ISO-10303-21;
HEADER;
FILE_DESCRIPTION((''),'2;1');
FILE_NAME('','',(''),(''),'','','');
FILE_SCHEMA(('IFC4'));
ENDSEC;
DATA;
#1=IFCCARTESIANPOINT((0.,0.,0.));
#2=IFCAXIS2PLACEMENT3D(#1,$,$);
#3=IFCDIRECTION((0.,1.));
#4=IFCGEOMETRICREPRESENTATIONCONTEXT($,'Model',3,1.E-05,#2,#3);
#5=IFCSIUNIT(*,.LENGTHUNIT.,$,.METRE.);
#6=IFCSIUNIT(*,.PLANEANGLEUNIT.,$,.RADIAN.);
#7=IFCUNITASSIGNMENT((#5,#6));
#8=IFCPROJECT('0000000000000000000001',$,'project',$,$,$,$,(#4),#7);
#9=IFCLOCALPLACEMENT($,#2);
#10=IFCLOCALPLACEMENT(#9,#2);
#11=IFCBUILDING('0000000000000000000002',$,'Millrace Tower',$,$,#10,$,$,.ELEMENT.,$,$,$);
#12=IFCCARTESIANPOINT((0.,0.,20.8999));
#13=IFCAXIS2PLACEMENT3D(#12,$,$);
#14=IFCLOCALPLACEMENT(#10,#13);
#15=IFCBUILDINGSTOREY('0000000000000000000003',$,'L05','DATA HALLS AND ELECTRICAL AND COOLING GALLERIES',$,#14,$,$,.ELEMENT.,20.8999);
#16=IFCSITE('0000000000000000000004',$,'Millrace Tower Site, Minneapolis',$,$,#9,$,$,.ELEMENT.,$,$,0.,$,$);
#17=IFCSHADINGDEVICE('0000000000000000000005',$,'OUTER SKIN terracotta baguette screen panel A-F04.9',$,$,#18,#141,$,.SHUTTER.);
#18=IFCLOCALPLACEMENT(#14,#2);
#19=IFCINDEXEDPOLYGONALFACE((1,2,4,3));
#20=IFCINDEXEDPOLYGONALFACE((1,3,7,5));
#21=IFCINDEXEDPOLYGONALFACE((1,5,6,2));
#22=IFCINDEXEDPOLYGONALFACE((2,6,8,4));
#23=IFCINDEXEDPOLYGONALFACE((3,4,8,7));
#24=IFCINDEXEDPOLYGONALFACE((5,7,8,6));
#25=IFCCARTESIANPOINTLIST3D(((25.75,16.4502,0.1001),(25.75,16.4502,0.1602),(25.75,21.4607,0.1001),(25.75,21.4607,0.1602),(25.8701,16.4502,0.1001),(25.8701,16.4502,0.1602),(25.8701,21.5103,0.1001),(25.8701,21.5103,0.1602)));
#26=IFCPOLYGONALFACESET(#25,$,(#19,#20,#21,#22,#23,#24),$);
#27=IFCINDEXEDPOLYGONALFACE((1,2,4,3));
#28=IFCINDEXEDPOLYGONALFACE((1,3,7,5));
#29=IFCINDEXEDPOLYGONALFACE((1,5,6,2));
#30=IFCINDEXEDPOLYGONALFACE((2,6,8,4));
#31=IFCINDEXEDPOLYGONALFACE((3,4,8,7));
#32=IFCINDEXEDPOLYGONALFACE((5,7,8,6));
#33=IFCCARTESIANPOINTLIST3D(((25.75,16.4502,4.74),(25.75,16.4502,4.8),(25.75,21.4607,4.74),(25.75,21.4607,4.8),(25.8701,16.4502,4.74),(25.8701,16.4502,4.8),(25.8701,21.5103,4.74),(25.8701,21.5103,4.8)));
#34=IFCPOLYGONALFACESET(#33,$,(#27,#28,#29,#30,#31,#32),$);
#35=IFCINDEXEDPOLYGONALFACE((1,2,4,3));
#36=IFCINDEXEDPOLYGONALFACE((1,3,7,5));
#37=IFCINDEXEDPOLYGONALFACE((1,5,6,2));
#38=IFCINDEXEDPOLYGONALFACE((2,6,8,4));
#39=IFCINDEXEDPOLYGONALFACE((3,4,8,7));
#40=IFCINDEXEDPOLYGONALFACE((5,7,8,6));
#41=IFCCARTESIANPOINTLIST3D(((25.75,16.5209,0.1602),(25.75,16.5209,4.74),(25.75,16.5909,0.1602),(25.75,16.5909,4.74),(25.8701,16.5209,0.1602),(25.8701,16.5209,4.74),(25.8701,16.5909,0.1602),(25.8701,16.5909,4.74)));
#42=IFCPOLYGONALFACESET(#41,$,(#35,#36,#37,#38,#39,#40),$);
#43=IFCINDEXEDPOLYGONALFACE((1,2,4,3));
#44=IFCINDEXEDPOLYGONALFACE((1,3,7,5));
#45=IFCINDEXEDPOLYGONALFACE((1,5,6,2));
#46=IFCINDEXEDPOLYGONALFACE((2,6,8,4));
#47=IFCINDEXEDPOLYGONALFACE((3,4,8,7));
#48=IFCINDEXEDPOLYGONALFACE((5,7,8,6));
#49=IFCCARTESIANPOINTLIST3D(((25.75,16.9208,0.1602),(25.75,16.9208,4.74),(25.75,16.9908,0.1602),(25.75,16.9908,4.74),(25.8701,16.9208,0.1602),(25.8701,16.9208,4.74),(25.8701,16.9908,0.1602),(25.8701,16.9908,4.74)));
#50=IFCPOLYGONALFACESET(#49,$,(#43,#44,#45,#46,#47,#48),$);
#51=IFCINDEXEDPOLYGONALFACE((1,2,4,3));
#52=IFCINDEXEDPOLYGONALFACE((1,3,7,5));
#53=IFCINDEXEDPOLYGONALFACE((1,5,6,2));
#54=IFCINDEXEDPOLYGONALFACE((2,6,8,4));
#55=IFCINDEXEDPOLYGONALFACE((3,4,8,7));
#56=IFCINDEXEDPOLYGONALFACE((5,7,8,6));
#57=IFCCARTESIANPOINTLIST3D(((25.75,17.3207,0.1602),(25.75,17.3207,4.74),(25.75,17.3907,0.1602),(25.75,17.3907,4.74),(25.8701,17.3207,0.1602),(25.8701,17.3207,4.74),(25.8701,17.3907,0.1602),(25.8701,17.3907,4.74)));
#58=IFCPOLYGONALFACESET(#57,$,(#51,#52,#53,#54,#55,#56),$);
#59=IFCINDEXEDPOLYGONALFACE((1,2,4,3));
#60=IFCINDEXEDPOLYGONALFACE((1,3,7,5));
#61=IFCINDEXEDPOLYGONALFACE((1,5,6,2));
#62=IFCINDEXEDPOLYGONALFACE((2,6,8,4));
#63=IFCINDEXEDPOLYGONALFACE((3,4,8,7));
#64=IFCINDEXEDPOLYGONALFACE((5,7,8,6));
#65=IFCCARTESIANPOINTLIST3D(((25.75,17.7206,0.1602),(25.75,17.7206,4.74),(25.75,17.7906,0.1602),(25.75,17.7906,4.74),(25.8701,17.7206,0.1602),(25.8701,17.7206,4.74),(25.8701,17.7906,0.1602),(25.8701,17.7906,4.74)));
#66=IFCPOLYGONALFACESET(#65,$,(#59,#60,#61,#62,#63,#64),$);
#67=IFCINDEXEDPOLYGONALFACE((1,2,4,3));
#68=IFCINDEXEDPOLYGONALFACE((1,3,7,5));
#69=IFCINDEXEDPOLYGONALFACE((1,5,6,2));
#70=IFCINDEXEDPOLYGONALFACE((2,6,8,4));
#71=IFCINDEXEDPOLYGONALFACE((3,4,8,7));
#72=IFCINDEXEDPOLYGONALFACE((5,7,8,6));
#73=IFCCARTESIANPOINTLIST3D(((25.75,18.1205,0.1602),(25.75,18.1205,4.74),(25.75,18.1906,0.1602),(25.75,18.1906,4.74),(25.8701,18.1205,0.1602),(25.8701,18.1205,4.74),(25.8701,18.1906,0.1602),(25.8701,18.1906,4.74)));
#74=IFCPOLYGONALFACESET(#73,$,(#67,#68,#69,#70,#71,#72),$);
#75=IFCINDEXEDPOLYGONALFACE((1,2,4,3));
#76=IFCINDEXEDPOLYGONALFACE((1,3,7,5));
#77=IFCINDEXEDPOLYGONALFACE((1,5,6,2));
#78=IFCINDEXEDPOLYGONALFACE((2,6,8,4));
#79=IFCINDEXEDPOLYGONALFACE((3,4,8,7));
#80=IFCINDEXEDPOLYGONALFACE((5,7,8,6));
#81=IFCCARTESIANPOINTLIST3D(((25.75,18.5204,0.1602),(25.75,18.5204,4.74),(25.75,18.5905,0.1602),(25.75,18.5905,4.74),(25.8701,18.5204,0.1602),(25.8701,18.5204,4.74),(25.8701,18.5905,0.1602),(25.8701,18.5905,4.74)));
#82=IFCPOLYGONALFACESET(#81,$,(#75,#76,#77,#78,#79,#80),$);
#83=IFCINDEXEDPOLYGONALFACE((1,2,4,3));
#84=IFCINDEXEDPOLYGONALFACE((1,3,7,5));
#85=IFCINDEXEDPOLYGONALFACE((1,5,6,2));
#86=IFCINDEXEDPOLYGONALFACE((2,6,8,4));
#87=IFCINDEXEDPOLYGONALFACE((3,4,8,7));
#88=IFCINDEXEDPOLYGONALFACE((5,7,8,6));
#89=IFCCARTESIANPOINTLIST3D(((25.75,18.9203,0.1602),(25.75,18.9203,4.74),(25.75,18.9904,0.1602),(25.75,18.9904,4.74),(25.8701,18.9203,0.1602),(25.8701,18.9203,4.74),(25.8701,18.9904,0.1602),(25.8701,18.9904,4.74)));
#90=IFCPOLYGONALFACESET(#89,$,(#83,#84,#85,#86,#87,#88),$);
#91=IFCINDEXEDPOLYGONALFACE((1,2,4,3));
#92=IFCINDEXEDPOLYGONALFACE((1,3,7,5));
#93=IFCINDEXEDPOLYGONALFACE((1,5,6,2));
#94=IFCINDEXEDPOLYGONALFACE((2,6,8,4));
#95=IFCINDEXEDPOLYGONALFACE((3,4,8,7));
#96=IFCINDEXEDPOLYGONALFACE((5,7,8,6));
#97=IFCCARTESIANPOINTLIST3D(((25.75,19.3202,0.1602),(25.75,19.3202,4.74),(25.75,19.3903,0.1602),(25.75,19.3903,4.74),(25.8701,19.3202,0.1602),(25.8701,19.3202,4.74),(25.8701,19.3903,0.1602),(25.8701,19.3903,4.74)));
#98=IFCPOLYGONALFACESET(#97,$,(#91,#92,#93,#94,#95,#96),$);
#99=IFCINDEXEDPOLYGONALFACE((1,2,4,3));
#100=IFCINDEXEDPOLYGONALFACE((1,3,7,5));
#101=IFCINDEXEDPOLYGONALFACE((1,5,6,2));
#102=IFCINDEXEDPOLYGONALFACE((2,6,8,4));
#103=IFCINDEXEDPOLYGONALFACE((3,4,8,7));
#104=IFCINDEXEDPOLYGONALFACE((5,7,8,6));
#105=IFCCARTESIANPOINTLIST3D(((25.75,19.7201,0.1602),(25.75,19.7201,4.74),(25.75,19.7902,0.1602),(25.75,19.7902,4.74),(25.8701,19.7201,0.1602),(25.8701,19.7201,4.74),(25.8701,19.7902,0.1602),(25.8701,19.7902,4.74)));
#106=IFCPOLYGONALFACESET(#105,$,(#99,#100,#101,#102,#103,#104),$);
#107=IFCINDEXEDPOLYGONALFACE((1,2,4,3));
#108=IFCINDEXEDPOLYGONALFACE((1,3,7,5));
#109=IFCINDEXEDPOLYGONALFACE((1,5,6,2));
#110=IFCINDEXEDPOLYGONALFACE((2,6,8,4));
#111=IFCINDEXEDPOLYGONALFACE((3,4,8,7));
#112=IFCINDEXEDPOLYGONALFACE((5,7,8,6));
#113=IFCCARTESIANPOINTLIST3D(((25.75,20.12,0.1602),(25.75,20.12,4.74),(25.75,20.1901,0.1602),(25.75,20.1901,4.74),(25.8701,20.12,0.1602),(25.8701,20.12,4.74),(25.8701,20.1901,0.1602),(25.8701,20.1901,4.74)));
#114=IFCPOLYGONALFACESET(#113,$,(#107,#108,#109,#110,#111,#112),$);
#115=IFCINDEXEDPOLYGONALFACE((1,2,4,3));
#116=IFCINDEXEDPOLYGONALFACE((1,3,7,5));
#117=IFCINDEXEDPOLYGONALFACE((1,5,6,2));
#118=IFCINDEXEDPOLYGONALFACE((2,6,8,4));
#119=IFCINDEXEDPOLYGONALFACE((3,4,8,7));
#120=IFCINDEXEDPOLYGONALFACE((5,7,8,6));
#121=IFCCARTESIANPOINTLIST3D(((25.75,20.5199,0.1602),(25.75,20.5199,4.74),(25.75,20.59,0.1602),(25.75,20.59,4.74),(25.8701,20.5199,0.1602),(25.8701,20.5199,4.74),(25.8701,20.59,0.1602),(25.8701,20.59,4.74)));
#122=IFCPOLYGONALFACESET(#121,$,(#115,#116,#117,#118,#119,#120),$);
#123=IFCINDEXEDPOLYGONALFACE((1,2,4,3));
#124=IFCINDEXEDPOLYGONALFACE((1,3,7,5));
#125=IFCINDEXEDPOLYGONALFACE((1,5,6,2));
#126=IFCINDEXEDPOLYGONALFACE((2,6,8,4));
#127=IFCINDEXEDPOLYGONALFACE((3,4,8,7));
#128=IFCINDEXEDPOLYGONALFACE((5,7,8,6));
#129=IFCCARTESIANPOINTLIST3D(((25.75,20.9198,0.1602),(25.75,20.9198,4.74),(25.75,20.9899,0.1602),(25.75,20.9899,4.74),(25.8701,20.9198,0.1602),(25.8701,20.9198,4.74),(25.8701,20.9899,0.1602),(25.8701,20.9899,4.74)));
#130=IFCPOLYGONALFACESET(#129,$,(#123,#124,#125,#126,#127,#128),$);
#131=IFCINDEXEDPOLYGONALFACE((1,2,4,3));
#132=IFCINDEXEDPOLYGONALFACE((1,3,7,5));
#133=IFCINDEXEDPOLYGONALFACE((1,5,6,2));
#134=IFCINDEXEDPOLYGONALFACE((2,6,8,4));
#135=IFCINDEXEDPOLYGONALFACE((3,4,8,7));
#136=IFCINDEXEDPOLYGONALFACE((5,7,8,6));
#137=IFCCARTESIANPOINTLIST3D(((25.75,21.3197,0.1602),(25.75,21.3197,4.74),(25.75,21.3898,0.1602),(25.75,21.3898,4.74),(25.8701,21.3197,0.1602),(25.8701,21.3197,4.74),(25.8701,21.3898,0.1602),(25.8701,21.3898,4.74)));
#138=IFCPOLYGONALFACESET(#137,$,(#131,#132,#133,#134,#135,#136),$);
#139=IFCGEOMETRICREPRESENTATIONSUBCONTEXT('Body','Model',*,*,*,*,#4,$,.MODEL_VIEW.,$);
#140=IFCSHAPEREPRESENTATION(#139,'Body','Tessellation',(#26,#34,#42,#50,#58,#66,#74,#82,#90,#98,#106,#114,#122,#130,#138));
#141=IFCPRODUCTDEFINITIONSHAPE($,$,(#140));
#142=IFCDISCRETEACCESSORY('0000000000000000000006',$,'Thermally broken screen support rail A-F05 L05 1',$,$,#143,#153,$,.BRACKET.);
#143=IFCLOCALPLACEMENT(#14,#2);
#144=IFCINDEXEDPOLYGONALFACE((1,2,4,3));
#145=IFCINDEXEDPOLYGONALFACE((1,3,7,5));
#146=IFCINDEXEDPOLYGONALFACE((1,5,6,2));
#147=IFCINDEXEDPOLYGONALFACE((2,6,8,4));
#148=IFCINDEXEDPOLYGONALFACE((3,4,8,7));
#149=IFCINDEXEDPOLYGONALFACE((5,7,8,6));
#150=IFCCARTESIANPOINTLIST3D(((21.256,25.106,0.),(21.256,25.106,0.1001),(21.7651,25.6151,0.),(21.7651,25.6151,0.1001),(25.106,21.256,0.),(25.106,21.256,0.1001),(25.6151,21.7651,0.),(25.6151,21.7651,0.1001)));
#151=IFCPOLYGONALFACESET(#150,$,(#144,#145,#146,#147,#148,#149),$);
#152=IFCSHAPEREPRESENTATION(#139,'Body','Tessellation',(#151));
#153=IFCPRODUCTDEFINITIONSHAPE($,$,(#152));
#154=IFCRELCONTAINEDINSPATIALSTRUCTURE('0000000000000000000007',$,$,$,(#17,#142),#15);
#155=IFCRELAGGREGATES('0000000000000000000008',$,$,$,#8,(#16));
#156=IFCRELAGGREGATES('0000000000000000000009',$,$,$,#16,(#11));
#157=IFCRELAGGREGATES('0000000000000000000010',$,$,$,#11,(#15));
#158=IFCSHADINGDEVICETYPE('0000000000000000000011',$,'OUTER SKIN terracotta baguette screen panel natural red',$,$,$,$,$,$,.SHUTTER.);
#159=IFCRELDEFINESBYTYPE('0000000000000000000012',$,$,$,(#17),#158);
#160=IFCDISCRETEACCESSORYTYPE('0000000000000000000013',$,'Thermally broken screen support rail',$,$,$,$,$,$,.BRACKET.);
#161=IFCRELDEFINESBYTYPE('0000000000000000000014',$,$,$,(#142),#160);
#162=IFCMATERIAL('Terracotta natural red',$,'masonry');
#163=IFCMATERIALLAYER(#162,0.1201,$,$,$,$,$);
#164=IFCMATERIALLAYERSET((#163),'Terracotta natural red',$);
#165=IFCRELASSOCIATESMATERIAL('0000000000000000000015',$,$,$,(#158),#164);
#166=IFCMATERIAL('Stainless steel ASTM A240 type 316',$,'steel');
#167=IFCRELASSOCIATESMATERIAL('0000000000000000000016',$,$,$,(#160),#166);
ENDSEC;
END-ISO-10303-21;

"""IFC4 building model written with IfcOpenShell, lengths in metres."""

from ifc_helpers import new_model, entity, si_unit, direction, frame, frame_2d, origin, origin_2d, place, context, subcontext, project, spatial, rectangle, extrude, source, transform, mapped, material, layer, layer_set, type_object, element, save


model = new_model("IFC4")

# Units and contexts
model_context = context("Model", 3, precision=1e-05, world=origin(), true_north=direction((0.0, 1.0)))
body_context = subcontext(model_context, "Body", "Model", "MODEL_VIEW")
ifc_project = project(units=[si_unit("LENGTHUNIT", "METRE"), si_unit("PLANEANGLEUNIT", "RADIAN")], contexts=[model_context])

# Site, building, storey
site_placement = place(None, origin())
site = spatial("IfcSite", under=ifc_project, at=site_placement, Name="Millrace Tower Site, Minneapolis", CompositionType="ELEMENT", RefElevation=0.0)
building_placement = place(site_placement, origin())
building = spatial("IfcBuilding", under=site, at=building_placement, Name="Millrace Tower", CompositionType="ELEMENT")
storey_placement = place(building_placement, frame((0.0, 0.0, 20.8999)))
storey = spatial("IfcBuildingStorey", under=building, at=storey_placement, Name="L05", Description="DATA HALLS AND ELECTRICAL AND COOLING GALLERIES", CompositionType="ELEMENT", Elevation=20.8999)

# Shading device
ifc_material_1 = material(Name="Terracotta natural red", Category="masonry")
ifc_layer_1 = layer(ifc_material_1, 0.1201)
ifc_layer_set_1 = layer_set([ifc_layer_1], Name="Terracotta natural red")
shading_device_type_1 = type_object("IfcShadingDeviceType", Name="OUTER SKIN terracotta baguette screen panel natural red", PredefinedType="SHUTTER", material=ifc_layer_set_1)
cartesian_point_1 = entity("IfcCartesianPoint", [-2.5176, 0.0601])
shared_polyline_1 = entity("IfcPolyline", [cartesian_point_1, entity("IfcCartesianPoint", [2.4929, 0.0601]), entity("IfcCartesianPoint", [2.5425, -0.0601]), entity("IfcCartesianPoint", [-2.5176, -0.0601]), cartesian_point_1])
shared_shape_1 = source(origin(), body_context, "Body", "SweptSolid", [
    entity("IfcExtrudedAreaSolid", entity("IfcArbitraryClosedProfileDef", "AREA", None, shared_polyline_1), entity("IfcAxis2Placement3D", entity("IfcCartesianPoint", [0.0, 0.0, 0.0])), entity("IfcDirection", [0.0, 0.0, 1.0]), 0.0601),
    entity("IfcExtrudedAreaSolid", entity("IfcArbitraryClosedProfileDef", "AREA", None, shared_polyline_1), entity("IfcAxis2Placement3D", entity("IfcCartesianPoint", [0.0, 0.0, 4.6399])), entity("IfcDirection", [0.0, 0.0, 1.0]), 0.0601),
    extrude(rectangle(XDim=0.0701, YDim=0.1201, at=frame_2d((-2.4119, 0.0))), frame((0.0, 0.0, 0.0601)), (0.0, 0.0, 1.0), 4.5798),
    extrude(rectangle(XDim=0.0701, YDim=0.1201, at=frame_2d((-2.012, 0.0))), frame((0.0, 0.0, 0.0601)), (0.0, 0.0, 1.0), 4.5798),
    extrude(rectangle(XDim=0.0701, YDim=0.1201, at=frame_2d((-1.6121, 0.0))), frame((0.0, 0.0, 0.0601)), (0.0, 0.0, 1.0), 4.5798),
    extrude(rectangle(XDim=0.0701, YDim=0.1201, at=frame_2d((-1.2122, 0.0))), frame((0.0, 0.0, 0.0601)), (0.0, 0.0, 1.0), 4.5798),
    extrude(rectangle(XDim=0.0701, YDim=0.1201, at=frame_2d((-0.8123, 0.0))), frame((0.0, 0.0, 0.0601)), (0.0, 0.0, 1.0), 4.5798),
    extrude(rectangle(XDim=0.0701, YDim=0.1201, at=frame_2d((-0.4124, 0.0))), frame((0.0, 0.0, 0.0601)), (0.0, 0.0, 1.0), 4.5798),
    extrude(rectangle(XDim=0.0701, YDim=0.1201, at=frame_2d((-0.0125, 0.0))), frame((0.0, 0.0, 0.0601)), (0.0, 0.0, 1.0), 4.5798),
    extrude(rectangle(XDim=0.0701, YDim=0.1201, at=frame_2d((0.3875, 0.0))), frame((0.0, 0.0, 0.0601)), (0.0, 0.0, 1.0), 4.5798),
    extrude(rectangle(XDim=0.0701, YDim=0.1201, at=frame_2d((0.7874, 0.0))), frame((0.0, 0.0, 0.0601)), (0.0, 0.0, 1.0), 4.5798),
    extrude(rectangle(XDim=0.0701, YDim=0.1201, at=frame_2d((1.1873, 0.0))), frame((0.0, 0.0, 0.0601)), (0.0, 0.0, 1.0), 4.5798),
    extrude(rectangle(XDim=0.0701, YDim=0.1201, at=frame_2d((1.5872, 0.0))), frame((0.0, 0.0, 0.0601)), (0.0, 0.0, 1.0), 4.5798),
    extrude(rectangle(XDim=0.0701, YDim=0.1201, at=frame_2d((1.9871, 0.0))), frame((0.0, 0.0, 0.0601)), (0.0, 0.0, 1.0), 4.5798),
    extrude(rectangle(XDim=0.0701, YDim=0.1201, at=frame_2d((2.387, 0.0))), frame((0.0, 0.0, 0.0601)), (0.0, 0.0, 1.0), 4.5798),
])
shading_device_1_placement = place(storey_placement, frame((25.8101, 18.9678, 0.1001), z_axis=(0.0, 0.0, 1.0), x_axis=(0.0, 1.0, 0.0)))
element("IfcShadingDevice", 1, at=shading_device_1_placement, inside=storey, type_object=shading_device_type_1, Name="OUTER SKIN terracotta baguette screen panel A-F04.9", PredefinedType="SHUTTER", context=body_context, shape_type="MappedRepresentation", body=[
    mapped(shared_shape_1, transform((0.0, 0.0, 0.0), scale=1.0)),
])

# Discrete accessory
ifc_material_2 = material(Name="Stainless steel ASTM A240 type 316", Category="steel")
discrete_accessory_type = type_object("IfcDiscreteAccessoryType", Name="Thermally broken screen support rail", PredefinedType="BRACKET", material=ifc_material_2)
discrete_accessory_placement = place(storey_placement, frame((23.4355, 23.4355, 0.0), z_axis=(0.0, 0.0, 1.0), x_axis=(-0.707107, 0.707107, 0.0)))
element("IfcDiscreteAccessory", 2, at=discrete_accessory_placement, inside=storey, type_object=discrete_accessory_type, Name="Thermally broken screen support rail A-F05 L05 1", PredefinedType="BRACKET", context=body_context, shape_type="SweptSolid", body=[
    extrude(rectangle(XDim=5.4448, YDim=0.72, at=origin_2d()), origin(), (0.0, 0.0, 1.0), 0.1001),
])

save(model, "model.ifc")
